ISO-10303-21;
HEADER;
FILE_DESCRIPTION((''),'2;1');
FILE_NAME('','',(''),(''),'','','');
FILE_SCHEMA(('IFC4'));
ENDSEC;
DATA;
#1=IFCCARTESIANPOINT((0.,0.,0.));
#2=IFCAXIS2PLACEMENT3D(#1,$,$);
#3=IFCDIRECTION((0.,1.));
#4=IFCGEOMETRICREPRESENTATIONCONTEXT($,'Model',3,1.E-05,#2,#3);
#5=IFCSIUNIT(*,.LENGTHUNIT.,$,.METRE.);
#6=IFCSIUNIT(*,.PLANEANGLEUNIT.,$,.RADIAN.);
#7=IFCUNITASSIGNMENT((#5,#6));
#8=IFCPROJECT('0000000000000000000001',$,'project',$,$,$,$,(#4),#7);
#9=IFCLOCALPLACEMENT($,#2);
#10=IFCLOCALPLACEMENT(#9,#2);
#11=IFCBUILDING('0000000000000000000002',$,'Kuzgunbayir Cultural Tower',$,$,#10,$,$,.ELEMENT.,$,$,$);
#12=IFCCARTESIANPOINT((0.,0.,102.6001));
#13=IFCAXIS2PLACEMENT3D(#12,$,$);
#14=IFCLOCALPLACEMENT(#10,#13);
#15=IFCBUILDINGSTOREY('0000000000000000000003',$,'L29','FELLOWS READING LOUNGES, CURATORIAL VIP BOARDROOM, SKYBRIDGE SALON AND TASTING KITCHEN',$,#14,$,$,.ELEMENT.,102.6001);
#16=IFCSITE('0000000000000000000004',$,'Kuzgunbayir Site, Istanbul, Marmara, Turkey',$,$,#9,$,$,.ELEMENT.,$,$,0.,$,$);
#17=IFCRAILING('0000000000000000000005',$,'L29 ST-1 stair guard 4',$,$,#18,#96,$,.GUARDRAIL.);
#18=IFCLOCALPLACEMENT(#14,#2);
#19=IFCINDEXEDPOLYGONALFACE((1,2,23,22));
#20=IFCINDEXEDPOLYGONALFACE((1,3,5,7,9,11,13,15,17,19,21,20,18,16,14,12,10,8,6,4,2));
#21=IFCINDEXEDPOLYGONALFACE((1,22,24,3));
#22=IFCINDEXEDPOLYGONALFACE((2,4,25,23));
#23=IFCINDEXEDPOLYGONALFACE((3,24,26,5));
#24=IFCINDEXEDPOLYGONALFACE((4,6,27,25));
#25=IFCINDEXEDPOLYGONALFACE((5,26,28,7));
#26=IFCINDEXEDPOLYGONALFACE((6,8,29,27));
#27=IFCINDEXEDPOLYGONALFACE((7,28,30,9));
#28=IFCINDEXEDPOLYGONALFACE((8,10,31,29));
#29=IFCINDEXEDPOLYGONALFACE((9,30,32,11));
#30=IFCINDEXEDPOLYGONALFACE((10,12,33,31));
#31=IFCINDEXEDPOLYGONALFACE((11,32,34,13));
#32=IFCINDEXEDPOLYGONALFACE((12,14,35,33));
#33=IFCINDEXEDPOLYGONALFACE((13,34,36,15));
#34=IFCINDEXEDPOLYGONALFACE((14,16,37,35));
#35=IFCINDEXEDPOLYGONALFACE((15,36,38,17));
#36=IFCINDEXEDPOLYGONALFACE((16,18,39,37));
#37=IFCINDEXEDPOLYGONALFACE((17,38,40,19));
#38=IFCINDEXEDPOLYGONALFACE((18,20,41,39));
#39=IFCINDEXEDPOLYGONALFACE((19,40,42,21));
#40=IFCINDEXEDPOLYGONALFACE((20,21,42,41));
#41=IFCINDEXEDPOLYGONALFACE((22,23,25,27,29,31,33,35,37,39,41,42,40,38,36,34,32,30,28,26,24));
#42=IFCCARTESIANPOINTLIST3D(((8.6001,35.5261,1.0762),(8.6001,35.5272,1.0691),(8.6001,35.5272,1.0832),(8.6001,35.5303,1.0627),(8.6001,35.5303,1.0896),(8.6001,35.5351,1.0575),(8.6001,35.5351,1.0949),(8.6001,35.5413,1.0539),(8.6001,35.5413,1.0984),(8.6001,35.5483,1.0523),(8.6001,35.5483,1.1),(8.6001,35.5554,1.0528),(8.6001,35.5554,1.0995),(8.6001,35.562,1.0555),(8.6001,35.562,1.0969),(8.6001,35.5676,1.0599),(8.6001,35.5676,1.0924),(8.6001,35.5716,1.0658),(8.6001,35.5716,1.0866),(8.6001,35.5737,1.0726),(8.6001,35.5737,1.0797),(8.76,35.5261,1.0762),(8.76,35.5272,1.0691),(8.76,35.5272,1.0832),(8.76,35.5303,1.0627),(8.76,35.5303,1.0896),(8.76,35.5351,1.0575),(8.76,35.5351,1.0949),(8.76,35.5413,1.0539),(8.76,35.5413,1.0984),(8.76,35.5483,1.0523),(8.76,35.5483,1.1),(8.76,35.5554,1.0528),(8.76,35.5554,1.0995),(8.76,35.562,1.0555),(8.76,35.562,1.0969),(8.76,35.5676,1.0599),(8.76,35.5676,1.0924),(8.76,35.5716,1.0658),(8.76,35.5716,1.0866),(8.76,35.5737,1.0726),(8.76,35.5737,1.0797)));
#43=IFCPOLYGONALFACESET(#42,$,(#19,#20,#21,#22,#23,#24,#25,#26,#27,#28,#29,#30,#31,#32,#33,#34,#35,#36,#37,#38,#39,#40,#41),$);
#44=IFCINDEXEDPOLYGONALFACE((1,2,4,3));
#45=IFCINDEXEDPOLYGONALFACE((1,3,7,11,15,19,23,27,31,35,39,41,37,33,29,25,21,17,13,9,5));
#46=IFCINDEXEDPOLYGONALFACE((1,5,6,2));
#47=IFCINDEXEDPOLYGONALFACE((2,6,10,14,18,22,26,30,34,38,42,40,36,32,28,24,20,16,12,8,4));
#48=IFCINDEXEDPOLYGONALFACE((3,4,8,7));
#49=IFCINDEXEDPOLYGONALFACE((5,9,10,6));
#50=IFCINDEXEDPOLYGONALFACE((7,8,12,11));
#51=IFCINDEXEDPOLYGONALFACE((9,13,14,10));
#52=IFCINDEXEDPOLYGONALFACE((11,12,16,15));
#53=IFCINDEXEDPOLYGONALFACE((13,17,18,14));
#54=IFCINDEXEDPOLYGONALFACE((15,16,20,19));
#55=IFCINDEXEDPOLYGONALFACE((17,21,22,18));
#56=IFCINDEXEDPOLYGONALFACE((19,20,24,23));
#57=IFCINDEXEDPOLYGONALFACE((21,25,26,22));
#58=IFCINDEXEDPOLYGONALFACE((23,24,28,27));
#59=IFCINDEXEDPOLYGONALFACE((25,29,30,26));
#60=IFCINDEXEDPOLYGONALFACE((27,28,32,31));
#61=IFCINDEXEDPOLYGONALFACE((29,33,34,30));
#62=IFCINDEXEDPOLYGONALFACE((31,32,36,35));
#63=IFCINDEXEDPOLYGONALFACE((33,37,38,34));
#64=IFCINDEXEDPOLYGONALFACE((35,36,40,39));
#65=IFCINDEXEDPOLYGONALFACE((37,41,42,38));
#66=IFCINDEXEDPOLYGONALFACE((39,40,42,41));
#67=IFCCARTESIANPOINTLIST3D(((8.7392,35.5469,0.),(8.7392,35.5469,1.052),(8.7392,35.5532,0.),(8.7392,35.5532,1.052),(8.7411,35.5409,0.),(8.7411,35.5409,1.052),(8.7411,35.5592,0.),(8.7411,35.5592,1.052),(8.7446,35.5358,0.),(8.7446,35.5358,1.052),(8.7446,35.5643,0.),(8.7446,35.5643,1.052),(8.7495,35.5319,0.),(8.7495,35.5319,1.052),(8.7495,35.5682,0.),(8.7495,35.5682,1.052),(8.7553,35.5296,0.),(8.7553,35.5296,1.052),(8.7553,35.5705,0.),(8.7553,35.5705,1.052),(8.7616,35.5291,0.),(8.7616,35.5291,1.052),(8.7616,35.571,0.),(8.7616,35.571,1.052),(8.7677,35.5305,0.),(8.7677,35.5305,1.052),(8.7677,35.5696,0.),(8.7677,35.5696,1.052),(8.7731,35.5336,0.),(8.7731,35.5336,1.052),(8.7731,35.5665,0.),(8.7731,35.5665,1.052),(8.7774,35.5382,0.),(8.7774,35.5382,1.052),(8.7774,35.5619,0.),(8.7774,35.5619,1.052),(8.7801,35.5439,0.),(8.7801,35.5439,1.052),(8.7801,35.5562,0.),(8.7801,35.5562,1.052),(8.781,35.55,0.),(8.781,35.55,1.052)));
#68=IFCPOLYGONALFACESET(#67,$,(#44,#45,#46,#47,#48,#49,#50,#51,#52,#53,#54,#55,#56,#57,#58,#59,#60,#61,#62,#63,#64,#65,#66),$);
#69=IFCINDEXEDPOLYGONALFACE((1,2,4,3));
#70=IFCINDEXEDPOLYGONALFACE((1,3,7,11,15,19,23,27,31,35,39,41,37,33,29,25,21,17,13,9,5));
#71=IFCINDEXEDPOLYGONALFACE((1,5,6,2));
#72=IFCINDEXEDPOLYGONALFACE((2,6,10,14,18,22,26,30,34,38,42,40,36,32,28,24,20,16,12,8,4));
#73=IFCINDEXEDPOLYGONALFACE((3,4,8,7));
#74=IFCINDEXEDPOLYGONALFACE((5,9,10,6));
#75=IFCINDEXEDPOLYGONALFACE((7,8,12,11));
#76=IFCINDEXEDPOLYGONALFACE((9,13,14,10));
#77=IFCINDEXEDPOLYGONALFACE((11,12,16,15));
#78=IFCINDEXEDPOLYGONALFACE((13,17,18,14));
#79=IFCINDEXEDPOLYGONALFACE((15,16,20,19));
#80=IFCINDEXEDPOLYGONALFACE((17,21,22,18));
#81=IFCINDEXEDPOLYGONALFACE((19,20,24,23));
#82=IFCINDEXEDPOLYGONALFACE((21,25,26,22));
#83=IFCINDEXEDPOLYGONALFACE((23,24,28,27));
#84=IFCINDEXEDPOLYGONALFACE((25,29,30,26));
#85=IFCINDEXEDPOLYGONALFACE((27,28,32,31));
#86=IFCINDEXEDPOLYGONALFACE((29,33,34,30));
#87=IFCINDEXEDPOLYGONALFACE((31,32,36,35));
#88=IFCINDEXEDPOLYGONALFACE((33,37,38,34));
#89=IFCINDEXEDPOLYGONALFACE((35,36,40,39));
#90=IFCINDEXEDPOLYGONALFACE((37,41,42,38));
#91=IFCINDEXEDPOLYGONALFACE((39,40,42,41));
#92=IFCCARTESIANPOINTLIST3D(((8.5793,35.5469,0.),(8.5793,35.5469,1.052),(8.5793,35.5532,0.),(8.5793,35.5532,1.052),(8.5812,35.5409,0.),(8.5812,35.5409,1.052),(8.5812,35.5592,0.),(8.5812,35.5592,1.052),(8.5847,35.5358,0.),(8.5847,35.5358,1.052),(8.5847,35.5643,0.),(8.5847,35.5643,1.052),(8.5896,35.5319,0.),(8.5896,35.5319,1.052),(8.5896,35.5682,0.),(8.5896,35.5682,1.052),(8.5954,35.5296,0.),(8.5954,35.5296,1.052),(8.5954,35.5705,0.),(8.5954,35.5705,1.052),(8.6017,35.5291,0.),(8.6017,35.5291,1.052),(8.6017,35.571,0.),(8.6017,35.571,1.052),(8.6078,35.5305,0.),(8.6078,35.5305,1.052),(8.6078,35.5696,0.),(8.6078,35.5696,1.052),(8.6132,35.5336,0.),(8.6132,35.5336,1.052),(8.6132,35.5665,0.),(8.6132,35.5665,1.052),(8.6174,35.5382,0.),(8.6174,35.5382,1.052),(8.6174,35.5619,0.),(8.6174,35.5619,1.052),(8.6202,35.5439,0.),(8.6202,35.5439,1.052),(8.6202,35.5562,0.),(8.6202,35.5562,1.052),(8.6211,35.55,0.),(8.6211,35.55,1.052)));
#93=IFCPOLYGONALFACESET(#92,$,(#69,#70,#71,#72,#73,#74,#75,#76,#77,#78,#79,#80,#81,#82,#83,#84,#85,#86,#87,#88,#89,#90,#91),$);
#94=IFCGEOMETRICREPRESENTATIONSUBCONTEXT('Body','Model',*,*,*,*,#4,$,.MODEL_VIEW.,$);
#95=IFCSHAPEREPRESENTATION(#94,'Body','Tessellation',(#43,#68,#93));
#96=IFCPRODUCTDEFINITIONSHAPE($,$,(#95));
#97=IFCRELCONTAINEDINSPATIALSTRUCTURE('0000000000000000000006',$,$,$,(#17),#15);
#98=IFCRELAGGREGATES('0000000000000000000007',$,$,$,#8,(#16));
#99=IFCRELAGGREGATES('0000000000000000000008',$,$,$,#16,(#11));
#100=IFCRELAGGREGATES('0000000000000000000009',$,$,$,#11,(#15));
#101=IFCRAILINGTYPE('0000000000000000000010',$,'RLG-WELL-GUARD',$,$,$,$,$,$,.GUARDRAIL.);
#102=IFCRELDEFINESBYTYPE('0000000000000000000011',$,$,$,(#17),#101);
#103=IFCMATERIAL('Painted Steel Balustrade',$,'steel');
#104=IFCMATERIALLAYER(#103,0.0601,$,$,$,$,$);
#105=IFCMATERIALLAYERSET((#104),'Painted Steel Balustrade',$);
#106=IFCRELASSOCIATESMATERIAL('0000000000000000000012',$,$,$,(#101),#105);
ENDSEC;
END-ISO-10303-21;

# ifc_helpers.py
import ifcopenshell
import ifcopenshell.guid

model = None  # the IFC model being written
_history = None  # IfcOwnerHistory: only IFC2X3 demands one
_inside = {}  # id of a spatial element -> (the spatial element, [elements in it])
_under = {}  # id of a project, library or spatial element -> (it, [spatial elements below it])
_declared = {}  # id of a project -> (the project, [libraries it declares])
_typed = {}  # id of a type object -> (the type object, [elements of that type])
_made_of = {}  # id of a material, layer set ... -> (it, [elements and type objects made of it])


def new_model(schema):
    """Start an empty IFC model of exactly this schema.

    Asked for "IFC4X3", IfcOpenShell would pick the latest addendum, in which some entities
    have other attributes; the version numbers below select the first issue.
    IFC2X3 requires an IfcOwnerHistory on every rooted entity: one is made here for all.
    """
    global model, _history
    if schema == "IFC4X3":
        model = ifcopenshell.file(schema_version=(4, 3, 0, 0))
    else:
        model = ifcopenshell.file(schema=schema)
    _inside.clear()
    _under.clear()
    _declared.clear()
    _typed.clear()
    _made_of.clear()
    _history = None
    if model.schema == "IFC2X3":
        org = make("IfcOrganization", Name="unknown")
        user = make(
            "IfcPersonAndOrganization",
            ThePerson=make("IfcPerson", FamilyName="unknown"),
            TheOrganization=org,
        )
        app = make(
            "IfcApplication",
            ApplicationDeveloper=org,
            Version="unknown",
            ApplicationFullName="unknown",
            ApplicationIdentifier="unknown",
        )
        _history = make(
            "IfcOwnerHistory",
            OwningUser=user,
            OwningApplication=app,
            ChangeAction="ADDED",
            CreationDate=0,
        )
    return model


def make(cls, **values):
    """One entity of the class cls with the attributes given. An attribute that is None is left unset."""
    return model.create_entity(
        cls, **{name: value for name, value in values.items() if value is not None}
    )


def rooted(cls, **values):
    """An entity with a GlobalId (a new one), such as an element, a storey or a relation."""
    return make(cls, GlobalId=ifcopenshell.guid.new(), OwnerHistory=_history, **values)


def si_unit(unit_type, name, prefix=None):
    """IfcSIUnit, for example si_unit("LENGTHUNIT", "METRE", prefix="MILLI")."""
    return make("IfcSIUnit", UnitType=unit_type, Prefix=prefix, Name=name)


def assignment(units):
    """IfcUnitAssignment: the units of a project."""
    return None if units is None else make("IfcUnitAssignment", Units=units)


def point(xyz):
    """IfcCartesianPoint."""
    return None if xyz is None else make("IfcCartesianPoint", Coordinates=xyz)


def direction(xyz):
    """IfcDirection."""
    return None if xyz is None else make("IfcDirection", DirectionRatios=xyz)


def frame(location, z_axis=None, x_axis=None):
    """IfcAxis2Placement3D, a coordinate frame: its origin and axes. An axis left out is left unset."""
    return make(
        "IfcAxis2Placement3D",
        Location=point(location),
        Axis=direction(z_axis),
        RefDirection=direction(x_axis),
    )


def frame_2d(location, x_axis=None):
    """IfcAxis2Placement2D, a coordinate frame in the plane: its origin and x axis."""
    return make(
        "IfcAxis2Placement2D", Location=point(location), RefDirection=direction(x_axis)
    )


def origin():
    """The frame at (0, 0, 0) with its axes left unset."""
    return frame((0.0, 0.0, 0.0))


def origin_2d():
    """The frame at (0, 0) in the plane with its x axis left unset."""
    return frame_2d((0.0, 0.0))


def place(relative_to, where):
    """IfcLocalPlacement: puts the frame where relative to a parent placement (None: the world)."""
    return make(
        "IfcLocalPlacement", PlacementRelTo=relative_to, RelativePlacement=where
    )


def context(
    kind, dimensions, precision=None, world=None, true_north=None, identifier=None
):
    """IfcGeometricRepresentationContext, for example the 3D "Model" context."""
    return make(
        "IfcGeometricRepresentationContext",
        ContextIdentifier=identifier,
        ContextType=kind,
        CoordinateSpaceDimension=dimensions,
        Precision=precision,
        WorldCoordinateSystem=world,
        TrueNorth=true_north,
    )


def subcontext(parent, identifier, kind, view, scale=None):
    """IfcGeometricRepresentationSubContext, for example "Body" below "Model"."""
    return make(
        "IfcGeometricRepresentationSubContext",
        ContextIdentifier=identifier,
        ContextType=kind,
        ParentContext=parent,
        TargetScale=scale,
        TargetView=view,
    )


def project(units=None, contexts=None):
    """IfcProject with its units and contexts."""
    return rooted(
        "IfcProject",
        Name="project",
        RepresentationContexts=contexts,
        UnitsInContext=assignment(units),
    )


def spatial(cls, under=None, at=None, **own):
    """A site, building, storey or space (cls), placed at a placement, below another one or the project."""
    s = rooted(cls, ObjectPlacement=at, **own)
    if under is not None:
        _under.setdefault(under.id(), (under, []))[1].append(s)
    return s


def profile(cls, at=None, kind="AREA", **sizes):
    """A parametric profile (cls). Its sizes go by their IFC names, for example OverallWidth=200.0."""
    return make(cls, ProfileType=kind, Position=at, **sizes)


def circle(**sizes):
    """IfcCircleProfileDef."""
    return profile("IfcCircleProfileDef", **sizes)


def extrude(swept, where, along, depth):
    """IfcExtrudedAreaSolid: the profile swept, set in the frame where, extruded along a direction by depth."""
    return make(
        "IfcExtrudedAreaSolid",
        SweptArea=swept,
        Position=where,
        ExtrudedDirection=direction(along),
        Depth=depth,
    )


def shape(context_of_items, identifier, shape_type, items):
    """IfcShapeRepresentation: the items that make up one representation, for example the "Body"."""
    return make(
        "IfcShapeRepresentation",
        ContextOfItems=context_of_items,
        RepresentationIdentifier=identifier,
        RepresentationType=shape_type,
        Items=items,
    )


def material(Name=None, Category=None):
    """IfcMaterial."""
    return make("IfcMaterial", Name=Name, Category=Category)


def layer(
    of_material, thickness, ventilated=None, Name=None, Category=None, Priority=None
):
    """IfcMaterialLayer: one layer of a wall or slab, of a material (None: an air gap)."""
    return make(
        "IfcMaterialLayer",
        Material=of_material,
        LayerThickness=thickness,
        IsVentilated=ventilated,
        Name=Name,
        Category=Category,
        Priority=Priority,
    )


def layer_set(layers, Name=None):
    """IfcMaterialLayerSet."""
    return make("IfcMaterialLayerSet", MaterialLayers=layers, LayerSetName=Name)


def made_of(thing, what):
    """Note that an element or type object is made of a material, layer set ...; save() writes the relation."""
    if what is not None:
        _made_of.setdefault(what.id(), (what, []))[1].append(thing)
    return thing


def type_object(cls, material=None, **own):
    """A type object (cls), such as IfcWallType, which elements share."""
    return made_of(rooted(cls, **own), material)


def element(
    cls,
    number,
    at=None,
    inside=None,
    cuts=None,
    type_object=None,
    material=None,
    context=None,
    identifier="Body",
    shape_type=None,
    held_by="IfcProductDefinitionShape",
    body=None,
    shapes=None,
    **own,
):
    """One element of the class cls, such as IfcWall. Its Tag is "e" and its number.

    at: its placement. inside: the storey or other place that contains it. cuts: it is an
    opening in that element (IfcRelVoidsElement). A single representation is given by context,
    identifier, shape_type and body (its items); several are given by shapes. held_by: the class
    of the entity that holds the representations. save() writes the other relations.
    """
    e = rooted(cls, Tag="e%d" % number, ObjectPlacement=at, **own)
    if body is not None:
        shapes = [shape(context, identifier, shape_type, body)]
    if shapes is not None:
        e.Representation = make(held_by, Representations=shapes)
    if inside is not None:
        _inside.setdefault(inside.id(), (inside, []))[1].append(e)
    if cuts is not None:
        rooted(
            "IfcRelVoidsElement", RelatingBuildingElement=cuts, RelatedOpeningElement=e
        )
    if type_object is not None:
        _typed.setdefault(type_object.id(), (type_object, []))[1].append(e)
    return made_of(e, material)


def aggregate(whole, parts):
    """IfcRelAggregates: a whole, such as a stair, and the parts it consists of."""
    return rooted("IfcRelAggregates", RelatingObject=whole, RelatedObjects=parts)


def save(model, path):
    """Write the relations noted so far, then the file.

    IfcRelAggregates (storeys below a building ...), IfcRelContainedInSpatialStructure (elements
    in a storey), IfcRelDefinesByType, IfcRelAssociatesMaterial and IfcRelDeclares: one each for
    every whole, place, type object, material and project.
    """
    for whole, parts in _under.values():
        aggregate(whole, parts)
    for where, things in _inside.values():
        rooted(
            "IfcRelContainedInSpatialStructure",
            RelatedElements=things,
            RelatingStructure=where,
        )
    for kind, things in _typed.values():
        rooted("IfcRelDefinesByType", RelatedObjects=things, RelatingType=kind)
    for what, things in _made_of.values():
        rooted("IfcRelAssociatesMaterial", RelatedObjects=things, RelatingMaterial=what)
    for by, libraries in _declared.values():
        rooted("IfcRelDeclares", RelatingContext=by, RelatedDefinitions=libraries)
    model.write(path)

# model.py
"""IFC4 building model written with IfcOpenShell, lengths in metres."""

from ifc_helpers import new_model, si_unit, direction, frame, origin, origin_2d, place, context, subcontext, project, spatial, circle, extrude, material, layer, layer_set, type_object, element, save


model = new_model("IFC4")

# Units and contexts
model_context = context("Model", 3, precision=1e-05, world=origin(), true_north=direction((0.0, 1.0)))
body_context = subcontext(model_context, "Body", "Model", "MODEL_VIEW")
ifc_project = project(units=[si_unit("LENGTHUNIT", "METRE"), si_unit("PLANEANGLEUNIT", "RADIAN")], contexts=[model_context])

# Site, building, storey
site_placement = place(None, origin())
site = spatial("IfcSite", under=ifc_project, at=site_placement, Name="Kuzgunbayir Site, Istanbul, Marmara, Turkey", CompositionType="ELEMENT", RefElevation=0.0)
building_placement = place(site_placement, origin())
building = spatial("IfcBuilding", under=site, at=building_placement, Name="Kuzgunbayir Cultural Tower", CompositionType="ELEMENT")
storey_placement = place(building_placement, frame((0.0, 0.0, 102.6001)))
storey = spatial("IfcBuildingStorey", under=building, at=storey_placement, Name="L29", Description="FELLOWS READING LOUNGES, CURATORIAL VIP BOARDROOM, SKYBRIDGE SALON AND TASTING KITCHEN", CompositionType="ELEMENT", Elevation=102.6001)

# Railing
ifc_material_1 = material(Name="Painted Steel Balustrade", Category="steel")
ifc_layer_1 = layer(ifc_material_1, 0.0601)
ifc_layer_set_1 = layer_set([ifc_layer_1], Name="Painted Steel Balustrade")
railing_type = type_object("IfcRailingType", Name="RLG-WELL-GUARD", PredefinedType="GUARDRAIL", material=ifc_layer_set_1)
railing_placement = place(storey_placement, frame((8.76, 35.55, 0.0)))
element("IfcRailing", 1, at=railing_placement, inside=storey, type_object=railing_type, Name="L29 ST-1 stair guard 4", PredefinedType="GUARDRAIL", context=body_context, shape_type="SweptSolid", body=[
    extrude(circle(Radius=0.0239, at=origin_2d()), frame((0.0, 0.0, 1.0762), z_axis=(-1.0, 0.0, 0.0), x_axis=(0.0, -1.0, 0.0)), (0.0, 0.0, 1.0), 0.1599),
    extrude(circle(Radius=0.021, at=origin_2d()), origin(), (0.0, 0.0, 1.0), 1.052),
    extrude(circle(Radius=0.021, at=origin_2d()), frame((-0.1599, 0.0, 0.0)), (0.0, 0.0, 1.0), 1.052),
])

save(model, "model.ifc")
